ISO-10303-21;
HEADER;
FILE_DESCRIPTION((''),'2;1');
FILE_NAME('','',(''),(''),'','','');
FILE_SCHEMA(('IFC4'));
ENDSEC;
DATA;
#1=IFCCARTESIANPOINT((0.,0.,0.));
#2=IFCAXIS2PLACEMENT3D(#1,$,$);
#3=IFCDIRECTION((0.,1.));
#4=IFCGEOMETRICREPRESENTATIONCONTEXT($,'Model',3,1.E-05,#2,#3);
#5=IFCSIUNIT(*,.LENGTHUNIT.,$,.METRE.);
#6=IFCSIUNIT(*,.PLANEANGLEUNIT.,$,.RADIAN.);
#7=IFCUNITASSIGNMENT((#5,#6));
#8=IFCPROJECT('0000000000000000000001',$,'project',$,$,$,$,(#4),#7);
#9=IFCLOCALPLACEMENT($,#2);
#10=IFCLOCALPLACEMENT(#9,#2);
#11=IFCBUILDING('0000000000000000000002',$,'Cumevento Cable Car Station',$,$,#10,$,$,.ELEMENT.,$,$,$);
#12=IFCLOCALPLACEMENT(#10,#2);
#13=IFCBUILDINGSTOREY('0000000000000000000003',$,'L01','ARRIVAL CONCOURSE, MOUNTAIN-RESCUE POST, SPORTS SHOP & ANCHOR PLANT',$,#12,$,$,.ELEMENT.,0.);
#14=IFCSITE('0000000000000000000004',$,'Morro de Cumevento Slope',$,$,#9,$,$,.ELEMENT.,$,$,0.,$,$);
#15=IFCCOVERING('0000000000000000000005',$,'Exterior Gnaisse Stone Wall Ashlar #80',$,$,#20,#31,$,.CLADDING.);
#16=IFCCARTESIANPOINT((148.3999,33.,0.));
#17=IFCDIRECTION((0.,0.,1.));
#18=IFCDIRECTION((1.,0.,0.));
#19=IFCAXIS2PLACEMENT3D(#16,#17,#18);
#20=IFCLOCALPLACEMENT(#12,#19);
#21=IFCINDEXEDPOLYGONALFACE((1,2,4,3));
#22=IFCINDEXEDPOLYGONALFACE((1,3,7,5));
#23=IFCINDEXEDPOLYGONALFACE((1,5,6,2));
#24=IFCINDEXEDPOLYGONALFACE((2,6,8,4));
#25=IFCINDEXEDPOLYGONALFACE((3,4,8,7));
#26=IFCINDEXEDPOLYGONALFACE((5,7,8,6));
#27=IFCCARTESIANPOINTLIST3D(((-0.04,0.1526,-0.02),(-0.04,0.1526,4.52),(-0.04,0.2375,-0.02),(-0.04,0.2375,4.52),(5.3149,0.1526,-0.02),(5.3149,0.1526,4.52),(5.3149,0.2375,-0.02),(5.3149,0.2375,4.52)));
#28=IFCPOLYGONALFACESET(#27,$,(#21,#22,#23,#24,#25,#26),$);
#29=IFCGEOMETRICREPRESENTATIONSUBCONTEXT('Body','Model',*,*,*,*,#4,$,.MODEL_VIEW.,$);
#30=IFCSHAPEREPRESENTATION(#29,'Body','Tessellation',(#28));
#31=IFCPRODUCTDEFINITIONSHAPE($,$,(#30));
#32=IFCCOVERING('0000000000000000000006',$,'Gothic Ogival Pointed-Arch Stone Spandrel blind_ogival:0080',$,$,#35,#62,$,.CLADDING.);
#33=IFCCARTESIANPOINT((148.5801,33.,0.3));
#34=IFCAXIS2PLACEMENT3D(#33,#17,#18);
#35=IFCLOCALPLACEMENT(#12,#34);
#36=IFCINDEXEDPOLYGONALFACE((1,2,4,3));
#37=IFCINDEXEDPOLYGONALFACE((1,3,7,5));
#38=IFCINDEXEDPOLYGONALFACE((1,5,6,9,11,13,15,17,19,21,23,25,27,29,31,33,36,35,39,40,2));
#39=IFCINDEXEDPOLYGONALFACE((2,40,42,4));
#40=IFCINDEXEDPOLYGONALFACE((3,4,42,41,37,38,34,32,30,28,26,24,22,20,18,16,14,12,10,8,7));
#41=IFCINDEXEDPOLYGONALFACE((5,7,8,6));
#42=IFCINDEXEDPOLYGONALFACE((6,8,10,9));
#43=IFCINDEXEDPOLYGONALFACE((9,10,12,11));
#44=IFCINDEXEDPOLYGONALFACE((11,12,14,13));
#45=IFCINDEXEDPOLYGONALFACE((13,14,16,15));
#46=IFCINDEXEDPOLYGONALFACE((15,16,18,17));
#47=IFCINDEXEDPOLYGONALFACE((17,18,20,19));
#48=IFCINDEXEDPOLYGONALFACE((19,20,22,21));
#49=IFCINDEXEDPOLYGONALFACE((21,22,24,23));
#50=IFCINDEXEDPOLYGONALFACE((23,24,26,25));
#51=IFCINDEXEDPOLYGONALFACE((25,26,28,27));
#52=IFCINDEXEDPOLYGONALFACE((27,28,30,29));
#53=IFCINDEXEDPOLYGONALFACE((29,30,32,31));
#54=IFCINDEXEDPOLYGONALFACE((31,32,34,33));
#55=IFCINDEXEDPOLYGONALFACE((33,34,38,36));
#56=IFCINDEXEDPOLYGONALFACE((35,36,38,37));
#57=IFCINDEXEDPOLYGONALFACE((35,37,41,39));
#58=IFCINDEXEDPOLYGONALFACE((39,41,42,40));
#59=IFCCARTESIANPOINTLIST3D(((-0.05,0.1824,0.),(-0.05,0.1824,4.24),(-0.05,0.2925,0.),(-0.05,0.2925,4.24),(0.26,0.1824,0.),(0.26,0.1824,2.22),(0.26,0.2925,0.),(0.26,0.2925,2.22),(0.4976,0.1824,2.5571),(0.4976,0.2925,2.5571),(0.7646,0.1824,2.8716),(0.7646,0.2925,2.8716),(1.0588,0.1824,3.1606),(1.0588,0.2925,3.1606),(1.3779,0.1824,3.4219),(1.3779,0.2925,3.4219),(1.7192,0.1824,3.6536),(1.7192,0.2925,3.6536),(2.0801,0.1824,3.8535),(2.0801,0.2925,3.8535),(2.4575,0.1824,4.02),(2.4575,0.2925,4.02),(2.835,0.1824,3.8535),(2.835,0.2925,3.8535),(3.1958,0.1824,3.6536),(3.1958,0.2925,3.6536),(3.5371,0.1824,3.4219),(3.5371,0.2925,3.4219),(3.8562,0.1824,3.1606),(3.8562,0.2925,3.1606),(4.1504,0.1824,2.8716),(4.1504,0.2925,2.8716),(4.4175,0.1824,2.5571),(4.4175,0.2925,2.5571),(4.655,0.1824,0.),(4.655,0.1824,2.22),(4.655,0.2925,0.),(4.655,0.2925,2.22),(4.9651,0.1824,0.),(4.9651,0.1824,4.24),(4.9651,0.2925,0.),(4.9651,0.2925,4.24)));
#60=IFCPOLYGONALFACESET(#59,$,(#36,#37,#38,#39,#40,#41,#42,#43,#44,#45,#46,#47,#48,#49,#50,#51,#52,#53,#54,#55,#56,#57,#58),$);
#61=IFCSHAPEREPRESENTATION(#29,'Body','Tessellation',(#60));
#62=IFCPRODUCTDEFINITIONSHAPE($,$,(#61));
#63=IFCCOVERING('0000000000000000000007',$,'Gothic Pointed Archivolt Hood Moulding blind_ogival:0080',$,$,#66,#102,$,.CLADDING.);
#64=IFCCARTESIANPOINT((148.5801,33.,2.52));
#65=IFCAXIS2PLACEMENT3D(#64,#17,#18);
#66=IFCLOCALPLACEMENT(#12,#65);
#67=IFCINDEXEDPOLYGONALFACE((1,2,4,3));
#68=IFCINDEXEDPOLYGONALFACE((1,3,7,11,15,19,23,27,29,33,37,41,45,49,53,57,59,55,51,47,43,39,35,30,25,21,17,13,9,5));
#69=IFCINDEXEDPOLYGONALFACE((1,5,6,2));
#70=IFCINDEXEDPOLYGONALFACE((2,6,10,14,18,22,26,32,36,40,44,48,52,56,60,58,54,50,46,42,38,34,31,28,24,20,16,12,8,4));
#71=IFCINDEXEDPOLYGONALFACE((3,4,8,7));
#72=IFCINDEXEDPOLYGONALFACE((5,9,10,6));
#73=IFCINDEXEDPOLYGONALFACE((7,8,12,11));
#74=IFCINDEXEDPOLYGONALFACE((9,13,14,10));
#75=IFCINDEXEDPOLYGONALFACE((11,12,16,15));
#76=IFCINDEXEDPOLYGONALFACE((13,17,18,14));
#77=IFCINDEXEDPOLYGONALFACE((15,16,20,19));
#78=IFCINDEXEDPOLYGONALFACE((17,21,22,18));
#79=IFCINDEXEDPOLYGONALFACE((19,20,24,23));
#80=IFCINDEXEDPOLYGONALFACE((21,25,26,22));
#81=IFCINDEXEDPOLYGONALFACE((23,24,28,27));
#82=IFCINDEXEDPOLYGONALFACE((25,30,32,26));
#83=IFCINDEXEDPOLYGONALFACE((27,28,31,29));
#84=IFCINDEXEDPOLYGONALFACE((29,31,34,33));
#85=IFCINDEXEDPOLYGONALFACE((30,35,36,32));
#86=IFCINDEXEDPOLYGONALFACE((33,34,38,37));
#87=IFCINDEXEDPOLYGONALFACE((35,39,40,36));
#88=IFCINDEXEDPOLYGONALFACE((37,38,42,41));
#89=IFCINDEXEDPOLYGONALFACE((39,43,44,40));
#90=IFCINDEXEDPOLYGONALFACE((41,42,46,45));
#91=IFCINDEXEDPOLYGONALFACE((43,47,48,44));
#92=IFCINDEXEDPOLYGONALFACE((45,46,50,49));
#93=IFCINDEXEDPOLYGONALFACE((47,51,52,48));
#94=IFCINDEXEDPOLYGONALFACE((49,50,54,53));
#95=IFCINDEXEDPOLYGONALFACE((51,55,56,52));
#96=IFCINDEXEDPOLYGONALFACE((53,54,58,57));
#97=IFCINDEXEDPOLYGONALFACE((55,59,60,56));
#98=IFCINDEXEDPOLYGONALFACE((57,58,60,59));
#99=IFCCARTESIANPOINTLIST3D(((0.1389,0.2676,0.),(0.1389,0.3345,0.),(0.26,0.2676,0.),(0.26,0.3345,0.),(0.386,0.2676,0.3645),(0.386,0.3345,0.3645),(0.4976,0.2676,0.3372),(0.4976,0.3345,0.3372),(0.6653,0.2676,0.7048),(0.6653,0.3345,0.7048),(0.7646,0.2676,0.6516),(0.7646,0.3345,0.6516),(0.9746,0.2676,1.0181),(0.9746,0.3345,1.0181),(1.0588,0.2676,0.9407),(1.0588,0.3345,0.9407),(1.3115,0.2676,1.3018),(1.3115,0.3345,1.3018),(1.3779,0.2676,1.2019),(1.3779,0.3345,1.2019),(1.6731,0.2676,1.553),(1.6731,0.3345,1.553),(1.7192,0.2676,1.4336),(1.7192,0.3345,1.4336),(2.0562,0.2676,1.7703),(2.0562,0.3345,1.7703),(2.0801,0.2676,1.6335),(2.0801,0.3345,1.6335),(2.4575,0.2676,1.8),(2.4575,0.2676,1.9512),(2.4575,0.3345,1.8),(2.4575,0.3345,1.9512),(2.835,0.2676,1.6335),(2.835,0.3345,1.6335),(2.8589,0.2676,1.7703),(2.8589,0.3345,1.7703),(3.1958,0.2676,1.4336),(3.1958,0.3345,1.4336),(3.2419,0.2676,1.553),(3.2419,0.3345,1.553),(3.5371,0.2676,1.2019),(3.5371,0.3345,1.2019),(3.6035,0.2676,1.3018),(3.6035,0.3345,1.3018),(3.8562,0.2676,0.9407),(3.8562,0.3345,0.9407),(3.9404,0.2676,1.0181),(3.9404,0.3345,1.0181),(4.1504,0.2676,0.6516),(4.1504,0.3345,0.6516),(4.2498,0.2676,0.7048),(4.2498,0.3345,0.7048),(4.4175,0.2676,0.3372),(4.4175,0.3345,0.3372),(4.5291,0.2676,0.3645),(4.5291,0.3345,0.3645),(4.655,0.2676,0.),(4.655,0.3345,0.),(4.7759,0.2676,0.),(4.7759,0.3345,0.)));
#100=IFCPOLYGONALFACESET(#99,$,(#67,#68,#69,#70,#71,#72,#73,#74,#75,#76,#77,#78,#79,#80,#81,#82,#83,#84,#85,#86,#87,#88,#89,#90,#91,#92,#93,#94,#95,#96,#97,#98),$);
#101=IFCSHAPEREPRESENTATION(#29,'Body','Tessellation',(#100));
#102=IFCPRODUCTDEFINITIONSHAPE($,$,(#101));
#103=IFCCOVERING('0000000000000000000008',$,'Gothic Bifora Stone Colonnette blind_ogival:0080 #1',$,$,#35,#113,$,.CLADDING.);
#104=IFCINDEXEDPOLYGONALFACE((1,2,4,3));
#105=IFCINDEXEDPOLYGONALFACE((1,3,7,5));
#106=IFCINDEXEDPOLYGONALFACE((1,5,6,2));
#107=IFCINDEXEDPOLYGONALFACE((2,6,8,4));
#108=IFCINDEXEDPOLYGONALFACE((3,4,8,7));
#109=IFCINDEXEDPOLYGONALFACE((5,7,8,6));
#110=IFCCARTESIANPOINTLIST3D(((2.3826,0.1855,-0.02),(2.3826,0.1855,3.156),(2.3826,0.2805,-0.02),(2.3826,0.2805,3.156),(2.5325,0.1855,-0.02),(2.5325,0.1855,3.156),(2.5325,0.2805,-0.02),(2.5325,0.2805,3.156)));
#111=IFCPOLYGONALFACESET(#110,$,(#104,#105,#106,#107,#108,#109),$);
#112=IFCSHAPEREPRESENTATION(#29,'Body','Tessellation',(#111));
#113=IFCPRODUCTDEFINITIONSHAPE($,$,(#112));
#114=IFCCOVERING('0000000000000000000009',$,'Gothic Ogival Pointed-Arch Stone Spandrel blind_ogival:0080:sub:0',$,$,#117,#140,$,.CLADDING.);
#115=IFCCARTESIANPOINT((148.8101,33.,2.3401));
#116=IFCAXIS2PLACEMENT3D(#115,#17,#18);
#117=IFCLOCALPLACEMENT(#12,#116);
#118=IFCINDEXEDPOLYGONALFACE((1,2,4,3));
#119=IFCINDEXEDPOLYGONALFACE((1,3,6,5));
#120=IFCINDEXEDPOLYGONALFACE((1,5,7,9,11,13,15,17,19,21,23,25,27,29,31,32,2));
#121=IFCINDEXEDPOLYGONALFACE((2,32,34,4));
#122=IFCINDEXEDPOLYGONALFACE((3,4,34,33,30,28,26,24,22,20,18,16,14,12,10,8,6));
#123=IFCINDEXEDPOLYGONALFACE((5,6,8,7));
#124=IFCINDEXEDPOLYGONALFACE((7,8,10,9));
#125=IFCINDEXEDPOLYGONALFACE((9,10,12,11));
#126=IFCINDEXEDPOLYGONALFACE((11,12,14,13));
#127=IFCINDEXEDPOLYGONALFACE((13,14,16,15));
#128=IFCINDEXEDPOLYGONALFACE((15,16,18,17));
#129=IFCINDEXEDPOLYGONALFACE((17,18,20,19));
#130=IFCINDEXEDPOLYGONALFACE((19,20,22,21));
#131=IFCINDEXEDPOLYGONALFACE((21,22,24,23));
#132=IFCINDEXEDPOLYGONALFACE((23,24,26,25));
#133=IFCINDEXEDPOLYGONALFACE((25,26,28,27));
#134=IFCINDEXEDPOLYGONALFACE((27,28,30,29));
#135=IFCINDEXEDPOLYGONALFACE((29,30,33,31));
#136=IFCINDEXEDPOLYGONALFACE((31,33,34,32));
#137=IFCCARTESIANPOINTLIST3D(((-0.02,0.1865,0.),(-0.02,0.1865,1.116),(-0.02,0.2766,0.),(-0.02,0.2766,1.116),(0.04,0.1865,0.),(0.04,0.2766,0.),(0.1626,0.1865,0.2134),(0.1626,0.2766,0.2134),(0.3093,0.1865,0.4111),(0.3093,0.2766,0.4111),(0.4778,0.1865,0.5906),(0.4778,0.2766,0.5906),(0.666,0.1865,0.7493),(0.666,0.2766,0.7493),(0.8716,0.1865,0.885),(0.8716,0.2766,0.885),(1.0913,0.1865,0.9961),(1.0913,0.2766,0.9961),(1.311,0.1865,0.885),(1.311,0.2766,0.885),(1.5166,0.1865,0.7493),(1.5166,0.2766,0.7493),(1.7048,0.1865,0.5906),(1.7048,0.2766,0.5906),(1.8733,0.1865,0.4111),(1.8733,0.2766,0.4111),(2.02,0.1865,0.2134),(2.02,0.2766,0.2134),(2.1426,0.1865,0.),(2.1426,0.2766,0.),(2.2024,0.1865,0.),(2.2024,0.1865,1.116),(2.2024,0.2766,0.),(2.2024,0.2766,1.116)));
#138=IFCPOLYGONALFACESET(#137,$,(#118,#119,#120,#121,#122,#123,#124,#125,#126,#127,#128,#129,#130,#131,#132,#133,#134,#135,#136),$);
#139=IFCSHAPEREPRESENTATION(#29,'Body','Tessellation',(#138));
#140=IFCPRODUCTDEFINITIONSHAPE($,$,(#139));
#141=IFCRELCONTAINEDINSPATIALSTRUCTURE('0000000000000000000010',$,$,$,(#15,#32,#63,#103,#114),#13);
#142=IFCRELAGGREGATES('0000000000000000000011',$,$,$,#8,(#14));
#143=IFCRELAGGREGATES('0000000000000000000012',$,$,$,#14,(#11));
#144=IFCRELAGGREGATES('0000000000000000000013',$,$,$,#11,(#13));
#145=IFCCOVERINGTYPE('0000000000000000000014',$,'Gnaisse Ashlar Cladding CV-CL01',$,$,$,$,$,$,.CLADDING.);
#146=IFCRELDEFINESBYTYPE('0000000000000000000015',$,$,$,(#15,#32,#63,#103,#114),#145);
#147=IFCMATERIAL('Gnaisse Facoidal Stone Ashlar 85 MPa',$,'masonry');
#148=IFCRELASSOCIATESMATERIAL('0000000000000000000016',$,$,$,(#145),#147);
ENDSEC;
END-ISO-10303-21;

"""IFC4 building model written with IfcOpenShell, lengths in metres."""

from ifc_helpers import new_model, si_unit, direction, frame, origin, place, context, subcontext, project, spatial, polyline, outline, extrude, material, type_object, element, save


model = new_model("IFC4")

# Units and contexts
model_context = context("Model", 3, precision=1e-05, world=origin(), true_north=direction((0.0, 1.0)))
body_context = subcontext(model_context, "Body", "Model", "MODEL_VIEW")
ifc_project = project(units=[si_unit("LENGTHUNIT", "METRE"), si_unit("PLANEANGLEUNIT", "RADIAN")], contexts=[model_context])

# Site, building, storey
site_placement = place(None, origin())
site = spatial("IfcSite", under=ifc_project, at=site_placement, Name="Morro de Cumevento Slope", CompositionType="ELEMENT", RefElevation=0.0)
building_placement = place(site_placement, origin())
building = spatial("IfcBuilding", under=site, at=building_placement, Name="Cumevento Cable Car Station", CompositionType="ELEMENT")
storey_placement = place(building_placement, origin())
storey = spatial("IfcBuildingStorey", under=building, at=storey_placement, Name="L01", Description="ARRIVAL CONCOURSE, MOUNTAIN-RESCUE POST, SPORTS SHOP & ANCHOR PLANT", CompositionType="ELEMENT", Elevation=0.0)

# Coverings
ifc_material_1 = material(Name="Gnaisse Facoidal Stone Ashlar 85 MPa", Category="masonry")
covering_type = type_object("IfcCoveringType", Name="Gnaisse Ashlar Cladding CV-CL01", PredefinedType="CLADDING", material=ifc_material_1)
covering_1_placement = place(storey_placement, frame((148.3999, 33.0, 0.0), z_axis=(0.0, 0.0, 1.0), x_axis=(1.0, 0.0, 0.0)))
element("IfcCovering", 1, at=covering_1_placement, inside=storey, type_object=covering_type, Name="Exterior Gnaisse Stone Wall Ashlar #80", PredefinedType="CLADDING", context=body_context, shape_type="SweptSolid", body=[
    extrude(outline(polyline([(-0.04, -0.02), (5.3149, -0.02), (5.3149, 4.52), (-0.04, 4.52), (-0.04, -0.02)])), frame((0.0, 0.2375, 0.0), z_axis=(0.0, -1.0, 0.0), x_axis=(1.0, 0.0, 0.0)), (0.0, 0.0, 1.0), 0.085),
])
placement = place(storey_placement, frame((148.5801, 33.0, 0.3), z_axis=(0.0, 0.0, 1.0), x_axis=(1.0, 0.0, 0.0)))
element("IfcCovering", 2, at=placement, inside=storey, type_object=covering_type, Name="Gothic Ogival Pointed-Arch Stone Spandrel blind_ogival:0080", PredefinedType="CLADDING", context=body_context, shape_type="SweptSolid", body=[
    extrude(outline(polyline([(-0.05, 0.0), (-0.05, 4.24), (4.9651, 4.24), (4.9651, 0.0), (4.655, 0.0), (4.655, 2.22), (4.4175, 2.5571), (4.1504, 2.8716), (3.8562, 3.1606), (3.5371, 3.4219), (3.1958, 3.6536), (2.835, 3.8535), (2.4575, 4.02), (2.0801, 3.8535), (1.7192, 3.6536), (1.3779, 3.4219), (1.0588, 3.1606), (0.7646, 2.8716), (0.4976, 2.5571), (0.26, 2.22), (0.26, 0.0), (-0.05, 0.0)])), frame((0.0, 0.2925, 0.0), z_axis=(0.0, -1.0, 0.0), x_axis=(1.0, 0.0, 0.0)), (0.0, 0.0, 1.0), 0.1101),
])
covering_2_placement = place(storey_placement, frame((148.5801, 33.0, 2.52), z_axis=(0.0, 0.0, 1.0), x_axis=(1.0, 0.0, 0.0)))
element("IfcCovering", 3, at=covering_2_placement, inside=storey, type_object=covering_type, Name="Gothic Pointed Archivolt Hood Moulding blind_ogival:0080", PredefinedType="CLADDING", context=body_context, shape_type="SweptSolid", body=[
    extrude(outline(polyline([(0.26, 0.0), (0.4976, 0.3372), (0.7646, 0.6516), (1.0588, 0.9407), (1.3779, 1.2019), (1.7192, 1.4336), (2.0801, 1.6335), (2.4575, 1.8), (2.835, 1.6335), (3.1958, 1.4336), (3.5371, 1.2019), (3.8562, 0.9407), (4.1504, 0.6516), (4.4175, 0.3372), (4.655, 0.0), (4.7759, 0.0), (4.5291, 0.3645), (4.2498, 0.7048), (3.9404, 1.0181), (3.6035, 1.3018), (3.2419, 1.553), (2.8589, 1.7703), (2.4575, 1.9512), (2.0562, 1.7703), (1.6731, 1.553), (1.3115, 1.3018), (0.9746, 1.0181), (0.6653, 0.7048), (0.386, 0.3645), (0.1389, 0.0), (0.26, 0.0)])), frame((0.0, 0.3345, 0.0), z_axis=(0.0, -1.0, 0.0), x_axis=(1.0, 0.0, 0.0)), (0.0, 0.0, 1.0), 0.0669),
])
element("IfcCovering", 4, at=placement, inside=storey, type_object=covering_type, Name="Gothic Bifora Stone Colonnette blind_ogival:0080 #1", PredefinedType="CLADDING", context=body_context, shape_type="SweptSolid", body=[
    extrude(outline(polyline([(2.3826, -0.02), (2.5325, -0.02), (2.5325, 3.156), (2.3826, 3.156), (2.3826, -0.02)])), frame((0.0, 0.2805, 0.0), z_axis=(0.0, -1.0, 0.0), x_axis=(1.0, 0.0, 0.0)), (0.0, 0.0, 1.0), 0.095),
])
covering_3_placement = place(storey_placement, frame((148.8101, 33.0, 2.3401), z_axis=(0.0, 0.0, 1.0), x_axis=(1.0, 0.0, 0.0)))
element("IfcCovering", 5, at=covering_3_placement, inside=storey, type_object=covering_type, Name="Gothic Ogival Pointed-Arch Stone Spandrel blind_ogival:0080:sub:0", PredefinedType="CLADDING", context=body_context, shape_type="SweptSolid", body=[
    extrude(outline(polyline([(-0.02, 0.0), (-0.02, 1.116), (2.2024, 1.116), (2.2024, 0.0), (2.1426, 0.0), (2.02, 0.2134), (1.8733, 0.4111), (1.7048, 0.5906), (1.5166, 0.7493), (1.311, 0.885), (1.0913, 0.9961), (0.8716, 0.885), (0.666, 0.7493), (0.4778, 0.5906), (0.3093, 0.4111), (0.1626, 0.2134), (0.04, 0.0), (-0.02, 0.0)])), frame((0.0, 0.2766, 0.0), z_axis=(0.0, -1.0, 0.0), x_axis=(1.0, 0.0, 0.0)), (0.0, 0.0, 1.0), 0.0901),
])

save(model, "model.ifc")
